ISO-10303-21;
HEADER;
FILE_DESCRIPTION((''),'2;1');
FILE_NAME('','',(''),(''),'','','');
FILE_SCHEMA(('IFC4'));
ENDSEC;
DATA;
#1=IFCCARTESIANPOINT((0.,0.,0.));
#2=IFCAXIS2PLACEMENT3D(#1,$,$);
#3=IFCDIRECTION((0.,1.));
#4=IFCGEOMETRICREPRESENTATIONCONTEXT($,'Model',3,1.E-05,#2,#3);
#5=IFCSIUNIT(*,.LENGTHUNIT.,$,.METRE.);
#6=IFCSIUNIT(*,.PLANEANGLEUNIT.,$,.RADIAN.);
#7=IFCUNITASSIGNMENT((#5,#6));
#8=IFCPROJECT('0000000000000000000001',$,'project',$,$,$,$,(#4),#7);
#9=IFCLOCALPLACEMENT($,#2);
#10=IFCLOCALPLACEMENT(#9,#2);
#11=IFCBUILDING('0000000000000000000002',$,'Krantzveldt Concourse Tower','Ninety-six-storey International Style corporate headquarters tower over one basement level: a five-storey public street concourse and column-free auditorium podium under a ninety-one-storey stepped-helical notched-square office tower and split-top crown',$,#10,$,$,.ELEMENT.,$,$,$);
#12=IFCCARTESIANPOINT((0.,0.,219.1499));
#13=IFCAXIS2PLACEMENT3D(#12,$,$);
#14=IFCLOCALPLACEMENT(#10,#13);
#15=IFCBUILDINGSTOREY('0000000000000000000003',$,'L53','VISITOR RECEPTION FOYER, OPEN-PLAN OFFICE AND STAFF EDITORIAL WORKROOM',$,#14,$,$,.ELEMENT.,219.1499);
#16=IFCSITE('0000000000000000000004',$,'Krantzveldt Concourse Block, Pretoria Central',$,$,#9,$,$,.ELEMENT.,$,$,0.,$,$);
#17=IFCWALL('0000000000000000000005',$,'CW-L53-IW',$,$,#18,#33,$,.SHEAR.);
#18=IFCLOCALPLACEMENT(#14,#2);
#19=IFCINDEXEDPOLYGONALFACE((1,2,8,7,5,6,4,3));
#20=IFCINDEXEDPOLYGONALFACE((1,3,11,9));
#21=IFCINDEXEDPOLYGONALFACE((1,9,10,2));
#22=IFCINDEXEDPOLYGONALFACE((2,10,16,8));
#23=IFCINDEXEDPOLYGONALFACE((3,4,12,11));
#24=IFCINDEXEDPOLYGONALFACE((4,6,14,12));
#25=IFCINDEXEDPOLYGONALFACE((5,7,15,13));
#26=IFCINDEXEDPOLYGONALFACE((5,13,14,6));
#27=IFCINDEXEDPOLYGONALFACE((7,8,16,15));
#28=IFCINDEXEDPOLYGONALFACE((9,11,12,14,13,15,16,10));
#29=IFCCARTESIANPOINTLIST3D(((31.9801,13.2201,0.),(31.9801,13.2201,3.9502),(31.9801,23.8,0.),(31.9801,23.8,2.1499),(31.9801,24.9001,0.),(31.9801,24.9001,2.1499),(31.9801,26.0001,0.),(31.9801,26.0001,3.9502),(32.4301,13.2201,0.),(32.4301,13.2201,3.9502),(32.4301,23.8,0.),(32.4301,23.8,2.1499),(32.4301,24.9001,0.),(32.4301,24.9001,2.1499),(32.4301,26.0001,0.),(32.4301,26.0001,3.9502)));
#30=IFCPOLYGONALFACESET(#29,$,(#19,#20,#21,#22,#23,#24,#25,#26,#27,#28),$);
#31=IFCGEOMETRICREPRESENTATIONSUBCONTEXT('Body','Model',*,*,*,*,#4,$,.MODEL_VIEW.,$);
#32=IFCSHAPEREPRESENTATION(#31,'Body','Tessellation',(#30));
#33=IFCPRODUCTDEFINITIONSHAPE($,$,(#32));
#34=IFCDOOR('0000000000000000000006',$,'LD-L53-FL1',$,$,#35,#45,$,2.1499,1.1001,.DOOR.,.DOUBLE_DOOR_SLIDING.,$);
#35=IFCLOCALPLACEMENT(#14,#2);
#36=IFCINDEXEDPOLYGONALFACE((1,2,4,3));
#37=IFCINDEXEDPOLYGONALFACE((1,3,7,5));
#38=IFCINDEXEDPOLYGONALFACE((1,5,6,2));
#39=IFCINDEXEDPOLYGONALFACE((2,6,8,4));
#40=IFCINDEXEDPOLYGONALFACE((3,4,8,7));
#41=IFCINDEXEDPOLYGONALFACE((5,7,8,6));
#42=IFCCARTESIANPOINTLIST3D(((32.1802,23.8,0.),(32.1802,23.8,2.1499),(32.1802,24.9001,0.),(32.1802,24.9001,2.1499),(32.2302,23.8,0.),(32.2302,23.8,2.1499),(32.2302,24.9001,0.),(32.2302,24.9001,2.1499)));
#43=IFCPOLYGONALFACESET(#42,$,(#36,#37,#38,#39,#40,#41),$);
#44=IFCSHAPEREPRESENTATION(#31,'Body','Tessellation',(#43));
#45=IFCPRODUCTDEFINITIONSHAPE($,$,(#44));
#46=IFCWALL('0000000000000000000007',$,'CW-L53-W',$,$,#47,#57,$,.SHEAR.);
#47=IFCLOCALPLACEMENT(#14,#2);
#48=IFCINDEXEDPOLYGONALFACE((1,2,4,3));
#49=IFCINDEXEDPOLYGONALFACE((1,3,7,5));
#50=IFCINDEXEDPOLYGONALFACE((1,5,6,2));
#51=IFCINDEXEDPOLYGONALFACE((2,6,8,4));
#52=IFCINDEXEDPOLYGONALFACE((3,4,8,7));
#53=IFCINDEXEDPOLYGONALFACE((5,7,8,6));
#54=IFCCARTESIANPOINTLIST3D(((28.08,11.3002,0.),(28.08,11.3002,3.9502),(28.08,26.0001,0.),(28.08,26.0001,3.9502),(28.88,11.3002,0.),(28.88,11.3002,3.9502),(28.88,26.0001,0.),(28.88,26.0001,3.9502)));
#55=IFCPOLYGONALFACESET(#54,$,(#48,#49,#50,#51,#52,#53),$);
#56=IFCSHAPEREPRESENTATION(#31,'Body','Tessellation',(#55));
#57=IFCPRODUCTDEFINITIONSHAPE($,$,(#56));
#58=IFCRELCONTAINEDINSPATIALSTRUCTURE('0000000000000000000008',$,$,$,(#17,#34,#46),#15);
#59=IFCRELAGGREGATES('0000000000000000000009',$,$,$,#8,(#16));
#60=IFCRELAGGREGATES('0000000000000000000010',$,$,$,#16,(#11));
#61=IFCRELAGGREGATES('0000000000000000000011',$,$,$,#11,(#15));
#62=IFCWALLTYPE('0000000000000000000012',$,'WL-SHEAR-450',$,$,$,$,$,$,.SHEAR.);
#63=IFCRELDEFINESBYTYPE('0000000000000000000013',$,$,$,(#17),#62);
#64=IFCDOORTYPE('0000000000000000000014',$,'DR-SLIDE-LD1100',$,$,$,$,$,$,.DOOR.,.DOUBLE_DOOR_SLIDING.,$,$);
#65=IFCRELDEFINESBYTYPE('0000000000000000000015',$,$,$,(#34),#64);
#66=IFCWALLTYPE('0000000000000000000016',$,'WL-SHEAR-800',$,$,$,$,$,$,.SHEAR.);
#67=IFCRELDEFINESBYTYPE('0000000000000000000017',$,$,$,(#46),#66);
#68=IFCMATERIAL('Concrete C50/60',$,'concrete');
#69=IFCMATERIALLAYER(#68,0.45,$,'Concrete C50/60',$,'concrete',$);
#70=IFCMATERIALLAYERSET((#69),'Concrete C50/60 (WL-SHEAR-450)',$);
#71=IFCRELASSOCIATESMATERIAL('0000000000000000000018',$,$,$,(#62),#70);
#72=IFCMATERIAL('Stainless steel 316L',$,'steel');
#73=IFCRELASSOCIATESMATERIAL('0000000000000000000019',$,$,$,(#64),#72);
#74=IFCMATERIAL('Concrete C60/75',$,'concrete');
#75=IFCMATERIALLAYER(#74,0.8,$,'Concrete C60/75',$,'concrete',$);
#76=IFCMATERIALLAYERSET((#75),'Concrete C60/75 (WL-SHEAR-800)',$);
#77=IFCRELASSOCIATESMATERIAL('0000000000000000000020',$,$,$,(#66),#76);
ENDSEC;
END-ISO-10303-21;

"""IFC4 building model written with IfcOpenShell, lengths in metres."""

from ifc_helpers import new_model, si_unit, direction, frame, frame_2d, origin, place, context, subcontext, project, spatial, rectangle, extrude, material, layer, layer_set, type_object, element, fill, save


model = new_model("IFC4")

# Units and contexts
model_context = context("Model", 3, precision=1e-05, world=origin(), true_north=direction((0.0, 1.0)))
body_context = subcontext(model_context, "Body", "Model", "MODEL_VIEW")
ifc_project = project(units=[si_unit("LENGTHUNIT", "METRE"), si_unit("PLANEANGLEUNIT", "RADIAN")], contexts=[model_context])

# Site, building, storey
site_placement = place(None, origin())
site = spatial("IfcSite", under=ifc_project, at=site_placement, Name="Krantzveldt Concourse Block, Pretoria Central", CompositionType="ELEMENT", RefElevation=0.0)
building_placement = place(site_placement, origin())
building = spatial("IfcBuilding", under=site, at=building_placement, Name="Krantzveldt Concourse Tower", Description="Ninety-six-storey International Style corporate headquarters tower over one basement level: a five-storey public street concourse and column-free auditorium podium under a ninety-one-storey stepped-helical notched-square office tower and split-top crown", CompositionType="ELEMENT")
storey_placement = place(building_placement, frame((0.0, 0.0, 219.1499)))
storey = spatial("IfcBuildingStorey", under=building, at=storey_placement, Name="L53", Description="VISITOR RECEPTION FOYER, OPEN-PLAN OFFICE AND STAFF EDITORIAL WORKROOM", CompositionType="ELEMENT", Elevation=219.1499)

# Wall, opening, door
ifc_material_1 = material(Name="Concrete C50/60", Category="concrete")
ifc_layer_1 = layer(ifc_material_1, 0.45, Name="Concrete C50/60", Category="concrete")
ifc_layer_set_1 = layer_set([ifc_layer_1], Name="Concrete C50/60 (WL-SHEAR-450)")
wall_type_1 = type_object("IfcWallType", Name="WL-SHEAR-450", PredefinedType="SHEAR", material=ifc_layer_set_1)
wall_1_placement = place(storey_placement, frame((32.2051, 13.22, 0.0), z_axis=(0.0, 0.0, 1.0), x_axis=(0.0, 1.0, 0.0)))
wall_1 = element("IfcWall", 1, at=wall_1_placement, inside=storey, type_object=wall_type_1, Name="CW-L53-IW", PredefinedType="SHEAR", context=body_context, shape_type="SweptSolid", body=[
    extrude(rectangle(XDim=12.78, YDim=0.45, at=frame_2d((6.3901, 0.0))), origin(), (0.0, 0.0, 1.0), 3.9502),
])
opening_1_placement = place(wall_1_placement, frame((10.5801, 0.0, 0.0)))
opening_1 = element("IfcOpeningElement", 2, at=opening_1_placement, cuts=wall_1, PredefinedType="OPENING", context=body_context, shape_type="SweptSolid", body=[
    extrude(rectangle(XDim=1.1001, YDim=2.1499, at=frame_2d((0.55, 1.075))), frame((0.0, 0.2349, 0.0), z_axis=(0.0, -1.0, 0.0), x_axis=(1.0, 0.0, 0.0)), (0.0, 0.0, 1.0), 0.47),
])
ifc_material_2 = material(Name="Stainless steel 316L", Category="steel")
door_type_1 = type_object("IfcDoorType", Name="DR-SLIDE-LD1100", OperationType="DOUBLE_DOOR_SLIDING", PredefinedType="DOOR", material=ifc_material_2)
door_1_placement = place(opening_1_placement, origin())
door_1 = element("IfcDoor", 3, at=door_1_placement, inside=storey, type_object=door_type_1, Name="LD-L53-FL1", OperationType="DOUBLE_DOOR_SLIDING", OverallHeight=2.1499, OverallWidth=1.1001, PredefinedType="DOOR", context=body_context, shape_type="SweptSolid", body=[
    extrude(rectangle(XDim=1.1001, YDim=2.1499, at=frame_2d((0.55, 1.075))), frame((0.0, 0.0249, 0.0), z_axis=(0.0, -1.0, 0.0), x_axis=(1.0, 0.0, 0.0)), (0.0, 0.0, 1.0), 0.05),
])
fill(opening_1, door_1)

# Wall
ifc_material_3 = material(Name="Concrete C60/75", Category="concrete")
ifc_layer_2 = layer(ifc_material_3, 0.8, Name="Concrete C60/75", Category="concrete")
ifc_layer_set_2 = layer_set([ifc_layer_2], Name="Concrete C60/75 (WL-SHEAR-800)")
wall_type_2 = type_object("IfcWallType", Name="WL-SHEAR-800", PredefinedType="SHEAR", material=ifc_layer_set_2)
wall_2_placement = place(storey_placement, frame((28.48, 11.3, 0.0), z_axis=(0.0, 0.0, 1.0), x_axis=(0.0, 1.0, 0.0)))
element("IfcWall", 4, at=wall_2_placement, inside=storey, type_object=wall_type_2, Name="CW-L53-W", PredefinedType="SHEAR", context=body_context, shape_type="SweptSolid", body=[
    extrude(rectangle(XDim=14.7, YDim=0.8, at=frame_2d((7.3501, 0.0))), origin(), (0.0, 0.0, 1.0), 3.9502),
])

save(model, "model.ifc")
